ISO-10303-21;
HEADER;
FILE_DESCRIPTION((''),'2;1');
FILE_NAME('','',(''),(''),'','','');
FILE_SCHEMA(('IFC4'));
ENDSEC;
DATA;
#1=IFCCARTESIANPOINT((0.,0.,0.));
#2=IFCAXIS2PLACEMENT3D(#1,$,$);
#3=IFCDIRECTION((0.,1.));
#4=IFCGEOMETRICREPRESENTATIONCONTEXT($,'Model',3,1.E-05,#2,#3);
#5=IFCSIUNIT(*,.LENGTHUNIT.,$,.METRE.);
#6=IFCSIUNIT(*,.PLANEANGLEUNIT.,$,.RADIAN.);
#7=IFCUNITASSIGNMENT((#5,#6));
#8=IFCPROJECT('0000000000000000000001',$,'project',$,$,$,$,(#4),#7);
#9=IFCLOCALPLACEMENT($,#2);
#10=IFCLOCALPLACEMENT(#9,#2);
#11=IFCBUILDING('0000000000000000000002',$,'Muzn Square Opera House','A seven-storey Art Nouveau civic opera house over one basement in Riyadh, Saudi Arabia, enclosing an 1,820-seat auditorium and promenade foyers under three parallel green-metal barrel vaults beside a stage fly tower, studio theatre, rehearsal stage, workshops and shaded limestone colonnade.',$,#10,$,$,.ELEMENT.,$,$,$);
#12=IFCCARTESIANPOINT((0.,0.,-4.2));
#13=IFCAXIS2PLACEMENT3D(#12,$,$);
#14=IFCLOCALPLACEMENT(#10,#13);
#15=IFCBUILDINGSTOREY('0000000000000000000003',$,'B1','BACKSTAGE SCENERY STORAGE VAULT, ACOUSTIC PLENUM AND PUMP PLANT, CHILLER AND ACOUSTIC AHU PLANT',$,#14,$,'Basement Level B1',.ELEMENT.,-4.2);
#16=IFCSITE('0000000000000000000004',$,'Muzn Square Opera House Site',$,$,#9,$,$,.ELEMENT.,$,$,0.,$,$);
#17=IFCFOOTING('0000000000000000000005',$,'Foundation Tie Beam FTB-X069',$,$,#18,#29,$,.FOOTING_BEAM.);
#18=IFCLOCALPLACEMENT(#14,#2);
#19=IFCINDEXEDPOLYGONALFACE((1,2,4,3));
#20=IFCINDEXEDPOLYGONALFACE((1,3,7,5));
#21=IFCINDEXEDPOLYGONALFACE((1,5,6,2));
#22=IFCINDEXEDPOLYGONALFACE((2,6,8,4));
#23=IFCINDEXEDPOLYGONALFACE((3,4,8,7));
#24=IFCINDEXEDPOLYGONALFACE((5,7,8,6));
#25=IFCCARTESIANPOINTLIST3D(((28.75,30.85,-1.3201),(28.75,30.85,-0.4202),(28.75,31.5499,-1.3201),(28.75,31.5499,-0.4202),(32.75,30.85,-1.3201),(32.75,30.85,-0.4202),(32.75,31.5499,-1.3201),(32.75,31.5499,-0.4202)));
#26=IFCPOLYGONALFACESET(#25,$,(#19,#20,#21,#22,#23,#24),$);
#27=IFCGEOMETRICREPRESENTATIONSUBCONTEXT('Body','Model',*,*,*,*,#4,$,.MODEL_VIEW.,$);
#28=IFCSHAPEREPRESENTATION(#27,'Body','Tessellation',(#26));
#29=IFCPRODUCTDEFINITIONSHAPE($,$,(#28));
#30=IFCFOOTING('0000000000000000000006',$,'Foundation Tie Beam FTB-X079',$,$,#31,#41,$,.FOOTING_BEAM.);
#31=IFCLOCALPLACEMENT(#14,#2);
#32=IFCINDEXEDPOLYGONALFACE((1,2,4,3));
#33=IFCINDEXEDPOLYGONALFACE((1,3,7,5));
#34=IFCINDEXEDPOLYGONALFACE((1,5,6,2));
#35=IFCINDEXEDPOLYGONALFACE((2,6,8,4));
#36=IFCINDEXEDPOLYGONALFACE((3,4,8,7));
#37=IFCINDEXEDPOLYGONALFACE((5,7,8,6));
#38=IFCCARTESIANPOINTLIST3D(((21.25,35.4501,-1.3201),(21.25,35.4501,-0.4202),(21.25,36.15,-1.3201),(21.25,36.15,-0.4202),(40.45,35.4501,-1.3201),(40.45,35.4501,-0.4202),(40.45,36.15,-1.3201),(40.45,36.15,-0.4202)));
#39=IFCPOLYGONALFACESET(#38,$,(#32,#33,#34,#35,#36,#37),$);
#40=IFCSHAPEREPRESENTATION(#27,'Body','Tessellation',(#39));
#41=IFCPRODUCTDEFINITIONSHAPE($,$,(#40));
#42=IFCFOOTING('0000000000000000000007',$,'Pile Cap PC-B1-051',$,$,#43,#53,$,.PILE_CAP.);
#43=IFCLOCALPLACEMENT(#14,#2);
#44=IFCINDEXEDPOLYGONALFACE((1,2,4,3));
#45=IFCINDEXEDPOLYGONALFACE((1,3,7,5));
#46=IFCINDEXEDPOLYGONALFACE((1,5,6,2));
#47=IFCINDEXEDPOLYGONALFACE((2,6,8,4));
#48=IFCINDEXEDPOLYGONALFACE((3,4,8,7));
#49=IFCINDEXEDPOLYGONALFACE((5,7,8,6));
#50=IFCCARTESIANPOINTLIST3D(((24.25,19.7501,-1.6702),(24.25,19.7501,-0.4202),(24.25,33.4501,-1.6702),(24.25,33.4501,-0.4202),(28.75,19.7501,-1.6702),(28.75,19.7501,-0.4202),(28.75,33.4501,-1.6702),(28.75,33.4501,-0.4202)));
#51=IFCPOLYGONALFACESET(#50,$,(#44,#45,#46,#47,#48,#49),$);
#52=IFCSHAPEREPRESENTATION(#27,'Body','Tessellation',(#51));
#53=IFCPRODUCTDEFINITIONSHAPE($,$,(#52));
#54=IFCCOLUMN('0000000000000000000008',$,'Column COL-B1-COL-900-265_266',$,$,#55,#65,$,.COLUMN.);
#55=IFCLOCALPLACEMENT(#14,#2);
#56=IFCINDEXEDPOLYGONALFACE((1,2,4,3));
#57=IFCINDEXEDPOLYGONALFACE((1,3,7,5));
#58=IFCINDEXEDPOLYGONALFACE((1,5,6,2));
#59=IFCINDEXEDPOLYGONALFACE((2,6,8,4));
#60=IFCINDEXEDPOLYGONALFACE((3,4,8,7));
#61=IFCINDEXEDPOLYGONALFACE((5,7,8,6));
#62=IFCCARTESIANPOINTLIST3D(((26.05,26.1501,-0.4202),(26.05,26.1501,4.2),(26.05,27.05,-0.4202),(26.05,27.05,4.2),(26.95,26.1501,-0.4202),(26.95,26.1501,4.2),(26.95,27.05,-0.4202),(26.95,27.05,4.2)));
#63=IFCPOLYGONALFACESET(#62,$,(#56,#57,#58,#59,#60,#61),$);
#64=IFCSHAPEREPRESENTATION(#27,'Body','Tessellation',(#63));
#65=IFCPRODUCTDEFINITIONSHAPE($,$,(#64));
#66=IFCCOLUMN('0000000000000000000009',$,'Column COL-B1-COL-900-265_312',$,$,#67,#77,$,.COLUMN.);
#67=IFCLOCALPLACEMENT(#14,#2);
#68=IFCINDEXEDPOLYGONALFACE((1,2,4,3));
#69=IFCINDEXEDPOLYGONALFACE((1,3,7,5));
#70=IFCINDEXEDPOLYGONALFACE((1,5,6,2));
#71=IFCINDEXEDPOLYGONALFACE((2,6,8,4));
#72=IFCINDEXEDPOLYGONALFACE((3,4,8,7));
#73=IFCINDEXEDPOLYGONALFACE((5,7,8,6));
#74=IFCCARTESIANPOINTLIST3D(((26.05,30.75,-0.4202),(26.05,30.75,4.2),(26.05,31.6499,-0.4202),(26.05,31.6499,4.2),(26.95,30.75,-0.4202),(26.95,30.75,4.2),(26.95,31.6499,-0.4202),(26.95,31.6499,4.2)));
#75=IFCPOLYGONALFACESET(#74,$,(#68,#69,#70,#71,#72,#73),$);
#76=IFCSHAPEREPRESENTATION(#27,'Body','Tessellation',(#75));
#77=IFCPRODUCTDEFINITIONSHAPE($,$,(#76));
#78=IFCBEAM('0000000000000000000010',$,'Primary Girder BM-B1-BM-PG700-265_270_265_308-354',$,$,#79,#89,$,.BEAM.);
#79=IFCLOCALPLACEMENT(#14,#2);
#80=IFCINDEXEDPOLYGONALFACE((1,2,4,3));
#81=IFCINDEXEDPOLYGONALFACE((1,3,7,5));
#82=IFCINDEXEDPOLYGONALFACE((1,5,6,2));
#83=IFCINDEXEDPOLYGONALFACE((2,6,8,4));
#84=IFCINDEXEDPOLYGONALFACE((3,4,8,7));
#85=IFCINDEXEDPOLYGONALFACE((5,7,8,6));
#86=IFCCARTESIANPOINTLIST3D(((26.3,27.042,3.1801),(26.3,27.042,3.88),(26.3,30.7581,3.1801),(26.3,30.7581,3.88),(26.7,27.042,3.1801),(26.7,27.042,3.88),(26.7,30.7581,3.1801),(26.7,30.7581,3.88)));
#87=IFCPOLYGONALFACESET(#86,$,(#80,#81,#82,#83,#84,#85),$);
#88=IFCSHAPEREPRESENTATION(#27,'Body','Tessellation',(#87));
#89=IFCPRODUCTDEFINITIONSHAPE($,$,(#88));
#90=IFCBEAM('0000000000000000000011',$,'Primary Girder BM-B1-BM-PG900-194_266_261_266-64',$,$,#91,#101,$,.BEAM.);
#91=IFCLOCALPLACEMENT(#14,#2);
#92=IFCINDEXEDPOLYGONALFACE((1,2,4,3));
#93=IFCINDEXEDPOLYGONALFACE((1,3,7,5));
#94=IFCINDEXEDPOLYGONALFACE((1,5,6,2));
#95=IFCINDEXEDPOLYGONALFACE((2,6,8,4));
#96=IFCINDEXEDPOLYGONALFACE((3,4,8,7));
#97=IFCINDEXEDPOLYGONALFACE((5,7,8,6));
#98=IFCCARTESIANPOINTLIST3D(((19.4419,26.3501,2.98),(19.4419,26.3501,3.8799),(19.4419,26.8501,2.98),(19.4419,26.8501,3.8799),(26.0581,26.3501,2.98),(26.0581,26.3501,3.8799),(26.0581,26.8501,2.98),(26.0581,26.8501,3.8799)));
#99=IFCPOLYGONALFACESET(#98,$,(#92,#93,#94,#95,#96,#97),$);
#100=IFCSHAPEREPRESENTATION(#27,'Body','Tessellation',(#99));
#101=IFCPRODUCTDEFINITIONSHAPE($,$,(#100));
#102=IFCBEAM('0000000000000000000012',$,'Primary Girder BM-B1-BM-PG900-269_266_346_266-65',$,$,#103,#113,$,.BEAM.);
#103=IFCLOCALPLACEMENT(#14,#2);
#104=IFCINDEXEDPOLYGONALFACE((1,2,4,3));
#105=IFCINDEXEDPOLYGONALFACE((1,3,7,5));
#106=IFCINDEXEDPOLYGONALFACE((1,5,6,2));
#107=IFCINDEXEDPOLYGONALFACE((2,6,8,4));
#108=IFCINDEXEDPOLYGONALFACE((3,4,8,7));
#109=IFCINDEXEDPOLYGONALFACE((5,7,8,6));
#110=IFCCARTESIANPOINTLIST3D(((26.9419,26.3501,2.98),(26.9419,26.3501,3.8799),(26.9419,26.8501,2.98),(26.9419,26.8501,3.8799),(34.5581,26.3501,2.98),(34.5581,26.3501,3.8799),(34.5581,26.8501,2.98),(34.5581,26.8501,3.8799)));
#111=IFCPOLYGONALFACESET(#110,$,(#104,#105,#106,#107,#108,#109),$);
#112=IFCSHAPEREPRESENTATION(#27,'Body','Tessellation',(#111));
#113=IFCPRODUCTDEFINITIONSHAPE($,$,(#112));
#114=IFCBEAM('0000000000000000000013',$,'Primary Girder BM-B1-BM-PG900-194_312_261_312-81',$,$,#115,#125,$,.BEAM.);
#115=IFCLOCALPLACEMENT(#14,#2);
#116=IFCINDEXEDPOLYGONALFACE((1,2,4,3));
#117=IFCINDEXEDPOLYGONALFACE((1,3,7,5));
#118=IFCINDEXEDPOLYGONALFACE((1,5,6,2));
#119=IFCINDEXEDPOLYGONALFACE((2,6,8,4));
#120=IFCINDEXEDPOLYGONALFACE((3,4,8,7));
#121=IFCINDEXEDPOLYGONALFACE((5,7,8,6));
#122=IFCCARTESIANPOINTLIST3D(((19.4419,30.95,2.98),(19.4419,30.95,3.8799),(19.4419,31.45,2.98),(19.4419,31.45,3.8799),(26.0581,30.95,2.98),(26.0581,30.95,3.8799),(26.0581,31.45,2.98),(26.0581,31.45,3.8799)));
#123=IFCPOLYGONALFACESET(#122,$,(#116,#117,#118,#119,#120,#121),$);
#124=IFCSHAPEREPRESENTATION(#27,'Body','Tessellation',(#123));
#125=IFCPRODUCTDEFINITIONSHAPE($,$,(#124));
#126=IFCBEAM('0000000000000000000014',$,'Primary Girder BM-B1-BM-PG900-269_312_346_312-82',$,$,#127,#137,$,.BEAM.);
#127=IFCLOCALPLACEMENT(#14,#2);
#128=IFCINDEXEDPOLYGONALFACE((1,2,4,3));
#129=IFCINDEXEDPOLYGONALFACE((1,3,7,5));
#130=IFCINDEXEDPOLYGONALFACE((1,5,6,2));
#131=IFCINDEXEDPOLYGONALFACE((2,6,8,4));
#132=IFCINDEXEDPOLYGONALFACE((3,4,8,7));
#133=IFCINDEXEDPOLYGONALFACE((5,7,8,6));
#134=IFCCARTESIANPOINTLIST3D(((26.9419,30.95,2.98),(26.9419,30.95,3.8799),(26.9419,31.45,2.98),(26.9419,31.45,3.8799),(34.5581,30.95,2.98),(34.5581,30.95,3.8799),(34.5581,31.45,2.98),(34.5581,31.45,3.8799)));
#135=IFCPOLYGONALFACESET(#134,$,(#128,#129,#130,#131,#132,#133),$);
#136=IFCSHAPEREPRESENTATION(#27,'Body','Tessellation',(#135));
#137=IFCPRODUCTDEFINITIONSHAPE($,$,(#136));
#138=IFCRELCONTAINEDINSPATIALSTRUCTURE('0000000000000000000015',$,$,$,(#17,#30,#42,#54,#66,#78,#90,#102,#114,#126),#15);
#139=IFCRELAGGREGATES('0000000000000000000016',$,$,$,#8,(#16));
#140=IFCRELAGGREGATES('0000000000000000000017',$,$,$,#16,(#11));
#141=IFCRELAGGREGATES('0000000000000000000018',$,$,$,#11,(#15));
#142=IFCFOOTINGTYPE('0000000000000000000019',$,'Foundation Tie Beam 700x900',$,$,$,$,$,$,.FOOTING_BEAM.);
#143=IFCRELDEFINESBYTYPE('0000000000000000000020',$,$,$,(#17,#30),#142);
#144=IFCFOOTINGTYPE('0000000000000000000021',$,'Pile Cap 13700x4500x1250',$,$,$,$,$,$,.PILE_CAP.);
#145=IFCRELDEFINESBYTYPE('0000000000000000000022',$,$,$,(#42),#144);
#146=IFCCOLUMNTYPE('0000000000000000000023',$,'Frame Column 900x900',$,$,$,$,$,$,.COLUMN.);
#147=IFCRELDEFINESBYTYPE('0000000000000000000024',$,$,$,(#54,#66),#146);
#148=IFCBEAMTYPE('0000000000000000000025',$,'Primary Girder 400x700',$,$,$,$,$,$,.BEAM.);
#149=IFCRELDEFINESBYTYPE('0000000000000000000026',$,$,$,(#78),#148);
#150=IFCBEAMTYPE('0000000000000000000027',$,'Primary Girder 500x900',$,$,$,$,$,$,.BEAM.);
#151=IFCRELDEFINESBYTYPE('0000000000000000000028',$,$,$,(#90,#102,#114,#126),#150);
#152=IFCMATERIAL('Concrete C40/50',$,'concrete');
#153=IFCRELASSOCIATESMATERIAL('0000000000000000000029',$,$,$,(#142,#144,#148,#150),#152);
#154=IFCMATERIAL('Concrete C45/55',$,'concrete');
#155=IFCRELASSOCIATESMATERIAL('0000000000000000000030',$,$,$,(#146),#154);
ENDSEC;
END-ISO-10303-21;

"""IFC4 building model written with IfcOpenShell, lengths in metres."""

from ifc_helpers import new_model, si_unit, direction, frame, origin, origin_2d, place, context, subcontext, project, spatial, rectangle, extrude, material, material_profile, profile_set, type_object, element, save


model = new_model("IFC4")

# Units and contexts
model_context = context("Model", 3, precision=1e-05, world=origin(), true_north=direction((0.0, 1.0)))
body_context = subcontext(model_context, "Body", "Model", "MODEL_VIEW")
ifc_project = project(units=[si_unit("LENGTHUNIT", "METRE"), si_unit("PLANEANGLEUNIT", "RADIAN")], contexts=[model_context])

# Site, building, storey
site_placement = place(None, origin())
site = spatial("IfcSite", under=ifc_project, at=site_placement, Name="Muzn Square Opera House Site", CompositionType="ELEMENT", RefElevation=0.0)
building_placement = place(site_placement, origin())
building = spatial("IfcBuilding", under=site, at=building_placement, Name="Muzn Square Opera House", Description="A seven-storey Art Nouveau civic opera house over one basement in Riyadh, Saudi Arabia, enclosing an 1,820-seat auditorium and promenade foyers under three parallel green-metal barrel vaults beside a stage fly tower, studio theatre, rehearsal stage, workshops and shaded limestone colonnade.", CompositionType="ELEMENT")
storey_placement = place(building_placement, frame((0.0, 0.0, -4.2)))
storey = spatial("IfcBuildingStorey", under=building, at=storey_placement, Name="B1", Description="BACKSTAGE SCENERY STORAGE VAULT, ACOUSTIC PLENUM AND PUMP PLANT, CHILLER AND ACOUSTIC AHU PLANT", LongName="Basement Level B1", CompositionType="ELEMENT", Elevation=-4.2)

# Shared definitions
ifc_material_1 = material(Name="Concrete C40/50", Category="concrete")

# Footings
ifc_material_profile_1 = material_profile(ifc_material_1, rectangle(XDim=0.7, YDim=0.8999, at=origin_2d()), Name="RCTB 700x900", Category="concrete")
ifc_profile_set_1 = profile_set([ifc_material_profile_1], Name="Concrete C40/50")
footing_type_1 = type_object("IfcFootingType", Name="Foundation Tie Beam 700x900", PredefinedType="FOOTING_BEAM", material=ifc_profile_set_1)
footing_1_placement = place(storey_placement, frame((28.75, 31.2, -0.8701), z_axis=(1.0, 0.0, 0.0), x_axis=(0.0, 1.0, 0.0)))
element("IfcFooting", 1, at=footing_1_placement, inside=storey, type_object=footing_type_1, Name="Foundation Tie Beam FTB-X069", PredefinedType="FOOTING_BEAM", context=body_context, shape_type="SweptSolid", body=[
    extrude(rectangle(XDim=0.7, YDim=0.8999, at=origin_2d()), origin(), (0.0, 0.0, 1.0), 4.0),
])
footing_2_placement = place(storey_placement, frame((21.25, 35.8, -0.8701), z_axis=(1.0, 0.0, 0.0), x_axis=(0.0, 1.0, 0.0)))
element("IfcFooting", 2, at=footing_2_placement, inside=storey, type_object=footing_type_1, Name="Foundation Tie Beam FTB-X079", PredefinedType="FOOTING_BEAM", context=body_context, shape_type="SweptSolid", body=[
    extrude(rectangle(XDim=0.7, YDim=0.8999, at=origin_2d()), origin(), (0.0, 0.0, 1.0), 19.2),
])
footing_type_2 = type_object("IfcFootingType", Name="Pile Cap 13700x4500x1250", PredefinedType="PILE_CAP", material=ifc_material_1)
footing_3_placement = place(storey_placement, frame((26.5, 26.6001, -1.6702), z_axis=(0.0, 0.0, 1.0), x_axis=(1.0, 0.0, 0.0)))
element("IfcFooting", 3, at=footing_3_placement, inside=storey, type_object=footing_type_2, Name="Pile Cap PC-B1-051", PredefinedType="PILE_CAP", context=body_context, shape_type="SweptSolid", body=[
    extrude(rectangle(XDim=4.5, YDim=13.7, at=origin_2d()), origin(), (0.0, 0.0, 1.0), 1.25),
])

# Columns
ifc_material_2 = material(Name="Concrete C45/55", Category="concrete")
ifc_material_profile_2 = material_profile(ifc_material_2, rectangle(XDim=0.8999, YDim=0.8999, at=origin_2d()), Name="RC 900x900", Category="concrete")
ifc_profile_set_2 = profile_set([ifc_material_profile_2], Name="Concrete C45/55")
column_type = type_object("IfcColumnType", Name="Frame Column 900x900", PredefinedType="COLUMN", material=ifc_profile_set_2)
for number, where, z_axis, x_axis, name in (
    (4, (26.5, 26.6001, -0.4202), (0.0, 0.0, 1.0), (1.0, 0.0, 0.0), "Column COL-B1-COL-900-265_266"),
    (5, (26.5, 31.2, -0.4202), (0.0, 0.0, 1.0), (1.0, 0.0, 0.0), "Column COL-B1-COL-900-265_312"),
):
    element("IfcColumn", number, at=place(storey_placement, frame(where, z_axis=z_axis, x_axis=x_axis)), inside=storey, type_object=column_type, Name=name, PredefinedType="COLUMN", context=body_context, shape_type="SweptSolid", body=[
        extrude(rectangle(XDim=0.8999, YDim=0.8999, at=origin_2d()), origin(), (0.0, 0.0, 1.0), 4.6201),
    ])

# Beams
ifc_material_profile_3 = material_profile(ifc_material_1, rectangle(XDim=0.3999, YDim=0.7, at=origin_2d()), Name="RCB 400x700", Category="concrete")
ifc_profile_set_3 = profile_set([ifc_material_profile_3], Name="Concrete C40/50")
beam_type_1 = type_object("IfcBeamType", Name="Primary Girder 400x700", PredefinedType="BEAM", material=ifc_profile_set_3)
beam_1_placement = place(storey_placement, frame((26.5, 27.042, 3.53), z_axis=(0.0, 1.0, 0.0), x_axis=(-1.0, 0.0, 0.0)))
element("IfcBeam", 6, at=beam_1_placement, inside=storey, type_object=beam_type_1, Name="Primary Girder BM-B1-BM-PG700-265_270_265_308-354", PredefinedType="BEAM", context=body_context, shape_type="SweptSolid", body=[
    extrude(rectangle(XDim=0.3999, YDim=0.7, at=origin_2d()), origin(), (0.0, 0.0, 1.0), 3.7161),
])
ifc_material_profile_4 = material_profile(ifc_material_1, rectangle(XDim=0.5, YDim=0.8999, at=origin_2d()), Name="RCB 500x900", Category="concrete")
ifc_profile_set_4 = profile_set([ifc_material_profile_4], Name="Concrete C40/50")
beam_type_2 = type_object("IfcBeamType", Name="Primary Girder 500x900", PredefinedType="BEAM", material=ifc_profile_set_4)
beam_2_placement = place(storey_placement, frame((19.4419, 26.6001, 3.4299), z_axis=(1.0, 0.0, 0.0), x_axis=(0.0, 1.0, 0.0)))
element("IfcBeam", 7, at=beam_2_placement, inside=storey, type_object=beam_type_2, Name="Primary Girder BM-B1-BM-PG900-194_266_261_266-64", PredefinedType="BEAM", context=body_context, shape_type="SweptSolid", body=[
    extrude(rectangle(XDim=0.5, YDim=0.8999, at=origin_2d()), origin(), (0.0, 0.0, 1.0), 6.6162),
])
beam_3_placement = place(storey_placement, frame((26.9419, 26.6001, 3.4299), z_axis=(1.0, 0.0, 0.0), x_axis=(0.0, 1.0, 0.0)))
element("IfcBeam", 8, at=beam_3_placement, inside=storey, type_object=beam_type_2, Name="Primary Girder BM-B1-BM-PG900-269_266_346_266-65", PredefinedType="BEAM", context=body_context, shape_type="SweptSolid", body=[
    extrude(rectangle(XDim=0.5, YDim=0.8999, at=origin_2d()), origin(), (0.0, 0.0, 1.0), 7.6162),
])
beam_4_placement = place(storey_placement, frame((19.4419, 31.2, 3.4299), z_axis=(1.0, 0.0, 0.0), x_axis=(0.0, 1.0, 0.0)))
element("IfcBeam", 9, at=beam_4_placement, inside=storey, type_object=beam_type_2, Name="Primary Girder BM-B1-BM-PG900-194_312_261_312-81", PredefinedType="BEAM", context=body_context, shape_type="SweptSolid", body=[
    extrude(rectangle(XDim=0.5, YDim=0.8999, at=origin_2d()), origin(), (0.0, 0.0, 1.0), 6.6162),
])
beam_5_placement = place(storey_placement, frame((26.9419, 31.2, 3.4299), z_axis=(1.0, 0.0, 0.0), x_axis=(0.0, 1.0, 0.0)))
element("IfcBeam", 10, at=beam_5_placement, inside=storey, type_object=beam_type_2, Name="Primary Girder BM-B1-BM-PG900-269_312_346_312-82", PredefinedType="BEAM", context=body_context, shape_type="SweptSolid", body=[
    extrude(rectangle(XDim=0.5, YDim=0.8999, at=origin_2d()), origin(), (0.0, 0.0, 1.0), 7.6162),
])

save(model, "model.ifc")
